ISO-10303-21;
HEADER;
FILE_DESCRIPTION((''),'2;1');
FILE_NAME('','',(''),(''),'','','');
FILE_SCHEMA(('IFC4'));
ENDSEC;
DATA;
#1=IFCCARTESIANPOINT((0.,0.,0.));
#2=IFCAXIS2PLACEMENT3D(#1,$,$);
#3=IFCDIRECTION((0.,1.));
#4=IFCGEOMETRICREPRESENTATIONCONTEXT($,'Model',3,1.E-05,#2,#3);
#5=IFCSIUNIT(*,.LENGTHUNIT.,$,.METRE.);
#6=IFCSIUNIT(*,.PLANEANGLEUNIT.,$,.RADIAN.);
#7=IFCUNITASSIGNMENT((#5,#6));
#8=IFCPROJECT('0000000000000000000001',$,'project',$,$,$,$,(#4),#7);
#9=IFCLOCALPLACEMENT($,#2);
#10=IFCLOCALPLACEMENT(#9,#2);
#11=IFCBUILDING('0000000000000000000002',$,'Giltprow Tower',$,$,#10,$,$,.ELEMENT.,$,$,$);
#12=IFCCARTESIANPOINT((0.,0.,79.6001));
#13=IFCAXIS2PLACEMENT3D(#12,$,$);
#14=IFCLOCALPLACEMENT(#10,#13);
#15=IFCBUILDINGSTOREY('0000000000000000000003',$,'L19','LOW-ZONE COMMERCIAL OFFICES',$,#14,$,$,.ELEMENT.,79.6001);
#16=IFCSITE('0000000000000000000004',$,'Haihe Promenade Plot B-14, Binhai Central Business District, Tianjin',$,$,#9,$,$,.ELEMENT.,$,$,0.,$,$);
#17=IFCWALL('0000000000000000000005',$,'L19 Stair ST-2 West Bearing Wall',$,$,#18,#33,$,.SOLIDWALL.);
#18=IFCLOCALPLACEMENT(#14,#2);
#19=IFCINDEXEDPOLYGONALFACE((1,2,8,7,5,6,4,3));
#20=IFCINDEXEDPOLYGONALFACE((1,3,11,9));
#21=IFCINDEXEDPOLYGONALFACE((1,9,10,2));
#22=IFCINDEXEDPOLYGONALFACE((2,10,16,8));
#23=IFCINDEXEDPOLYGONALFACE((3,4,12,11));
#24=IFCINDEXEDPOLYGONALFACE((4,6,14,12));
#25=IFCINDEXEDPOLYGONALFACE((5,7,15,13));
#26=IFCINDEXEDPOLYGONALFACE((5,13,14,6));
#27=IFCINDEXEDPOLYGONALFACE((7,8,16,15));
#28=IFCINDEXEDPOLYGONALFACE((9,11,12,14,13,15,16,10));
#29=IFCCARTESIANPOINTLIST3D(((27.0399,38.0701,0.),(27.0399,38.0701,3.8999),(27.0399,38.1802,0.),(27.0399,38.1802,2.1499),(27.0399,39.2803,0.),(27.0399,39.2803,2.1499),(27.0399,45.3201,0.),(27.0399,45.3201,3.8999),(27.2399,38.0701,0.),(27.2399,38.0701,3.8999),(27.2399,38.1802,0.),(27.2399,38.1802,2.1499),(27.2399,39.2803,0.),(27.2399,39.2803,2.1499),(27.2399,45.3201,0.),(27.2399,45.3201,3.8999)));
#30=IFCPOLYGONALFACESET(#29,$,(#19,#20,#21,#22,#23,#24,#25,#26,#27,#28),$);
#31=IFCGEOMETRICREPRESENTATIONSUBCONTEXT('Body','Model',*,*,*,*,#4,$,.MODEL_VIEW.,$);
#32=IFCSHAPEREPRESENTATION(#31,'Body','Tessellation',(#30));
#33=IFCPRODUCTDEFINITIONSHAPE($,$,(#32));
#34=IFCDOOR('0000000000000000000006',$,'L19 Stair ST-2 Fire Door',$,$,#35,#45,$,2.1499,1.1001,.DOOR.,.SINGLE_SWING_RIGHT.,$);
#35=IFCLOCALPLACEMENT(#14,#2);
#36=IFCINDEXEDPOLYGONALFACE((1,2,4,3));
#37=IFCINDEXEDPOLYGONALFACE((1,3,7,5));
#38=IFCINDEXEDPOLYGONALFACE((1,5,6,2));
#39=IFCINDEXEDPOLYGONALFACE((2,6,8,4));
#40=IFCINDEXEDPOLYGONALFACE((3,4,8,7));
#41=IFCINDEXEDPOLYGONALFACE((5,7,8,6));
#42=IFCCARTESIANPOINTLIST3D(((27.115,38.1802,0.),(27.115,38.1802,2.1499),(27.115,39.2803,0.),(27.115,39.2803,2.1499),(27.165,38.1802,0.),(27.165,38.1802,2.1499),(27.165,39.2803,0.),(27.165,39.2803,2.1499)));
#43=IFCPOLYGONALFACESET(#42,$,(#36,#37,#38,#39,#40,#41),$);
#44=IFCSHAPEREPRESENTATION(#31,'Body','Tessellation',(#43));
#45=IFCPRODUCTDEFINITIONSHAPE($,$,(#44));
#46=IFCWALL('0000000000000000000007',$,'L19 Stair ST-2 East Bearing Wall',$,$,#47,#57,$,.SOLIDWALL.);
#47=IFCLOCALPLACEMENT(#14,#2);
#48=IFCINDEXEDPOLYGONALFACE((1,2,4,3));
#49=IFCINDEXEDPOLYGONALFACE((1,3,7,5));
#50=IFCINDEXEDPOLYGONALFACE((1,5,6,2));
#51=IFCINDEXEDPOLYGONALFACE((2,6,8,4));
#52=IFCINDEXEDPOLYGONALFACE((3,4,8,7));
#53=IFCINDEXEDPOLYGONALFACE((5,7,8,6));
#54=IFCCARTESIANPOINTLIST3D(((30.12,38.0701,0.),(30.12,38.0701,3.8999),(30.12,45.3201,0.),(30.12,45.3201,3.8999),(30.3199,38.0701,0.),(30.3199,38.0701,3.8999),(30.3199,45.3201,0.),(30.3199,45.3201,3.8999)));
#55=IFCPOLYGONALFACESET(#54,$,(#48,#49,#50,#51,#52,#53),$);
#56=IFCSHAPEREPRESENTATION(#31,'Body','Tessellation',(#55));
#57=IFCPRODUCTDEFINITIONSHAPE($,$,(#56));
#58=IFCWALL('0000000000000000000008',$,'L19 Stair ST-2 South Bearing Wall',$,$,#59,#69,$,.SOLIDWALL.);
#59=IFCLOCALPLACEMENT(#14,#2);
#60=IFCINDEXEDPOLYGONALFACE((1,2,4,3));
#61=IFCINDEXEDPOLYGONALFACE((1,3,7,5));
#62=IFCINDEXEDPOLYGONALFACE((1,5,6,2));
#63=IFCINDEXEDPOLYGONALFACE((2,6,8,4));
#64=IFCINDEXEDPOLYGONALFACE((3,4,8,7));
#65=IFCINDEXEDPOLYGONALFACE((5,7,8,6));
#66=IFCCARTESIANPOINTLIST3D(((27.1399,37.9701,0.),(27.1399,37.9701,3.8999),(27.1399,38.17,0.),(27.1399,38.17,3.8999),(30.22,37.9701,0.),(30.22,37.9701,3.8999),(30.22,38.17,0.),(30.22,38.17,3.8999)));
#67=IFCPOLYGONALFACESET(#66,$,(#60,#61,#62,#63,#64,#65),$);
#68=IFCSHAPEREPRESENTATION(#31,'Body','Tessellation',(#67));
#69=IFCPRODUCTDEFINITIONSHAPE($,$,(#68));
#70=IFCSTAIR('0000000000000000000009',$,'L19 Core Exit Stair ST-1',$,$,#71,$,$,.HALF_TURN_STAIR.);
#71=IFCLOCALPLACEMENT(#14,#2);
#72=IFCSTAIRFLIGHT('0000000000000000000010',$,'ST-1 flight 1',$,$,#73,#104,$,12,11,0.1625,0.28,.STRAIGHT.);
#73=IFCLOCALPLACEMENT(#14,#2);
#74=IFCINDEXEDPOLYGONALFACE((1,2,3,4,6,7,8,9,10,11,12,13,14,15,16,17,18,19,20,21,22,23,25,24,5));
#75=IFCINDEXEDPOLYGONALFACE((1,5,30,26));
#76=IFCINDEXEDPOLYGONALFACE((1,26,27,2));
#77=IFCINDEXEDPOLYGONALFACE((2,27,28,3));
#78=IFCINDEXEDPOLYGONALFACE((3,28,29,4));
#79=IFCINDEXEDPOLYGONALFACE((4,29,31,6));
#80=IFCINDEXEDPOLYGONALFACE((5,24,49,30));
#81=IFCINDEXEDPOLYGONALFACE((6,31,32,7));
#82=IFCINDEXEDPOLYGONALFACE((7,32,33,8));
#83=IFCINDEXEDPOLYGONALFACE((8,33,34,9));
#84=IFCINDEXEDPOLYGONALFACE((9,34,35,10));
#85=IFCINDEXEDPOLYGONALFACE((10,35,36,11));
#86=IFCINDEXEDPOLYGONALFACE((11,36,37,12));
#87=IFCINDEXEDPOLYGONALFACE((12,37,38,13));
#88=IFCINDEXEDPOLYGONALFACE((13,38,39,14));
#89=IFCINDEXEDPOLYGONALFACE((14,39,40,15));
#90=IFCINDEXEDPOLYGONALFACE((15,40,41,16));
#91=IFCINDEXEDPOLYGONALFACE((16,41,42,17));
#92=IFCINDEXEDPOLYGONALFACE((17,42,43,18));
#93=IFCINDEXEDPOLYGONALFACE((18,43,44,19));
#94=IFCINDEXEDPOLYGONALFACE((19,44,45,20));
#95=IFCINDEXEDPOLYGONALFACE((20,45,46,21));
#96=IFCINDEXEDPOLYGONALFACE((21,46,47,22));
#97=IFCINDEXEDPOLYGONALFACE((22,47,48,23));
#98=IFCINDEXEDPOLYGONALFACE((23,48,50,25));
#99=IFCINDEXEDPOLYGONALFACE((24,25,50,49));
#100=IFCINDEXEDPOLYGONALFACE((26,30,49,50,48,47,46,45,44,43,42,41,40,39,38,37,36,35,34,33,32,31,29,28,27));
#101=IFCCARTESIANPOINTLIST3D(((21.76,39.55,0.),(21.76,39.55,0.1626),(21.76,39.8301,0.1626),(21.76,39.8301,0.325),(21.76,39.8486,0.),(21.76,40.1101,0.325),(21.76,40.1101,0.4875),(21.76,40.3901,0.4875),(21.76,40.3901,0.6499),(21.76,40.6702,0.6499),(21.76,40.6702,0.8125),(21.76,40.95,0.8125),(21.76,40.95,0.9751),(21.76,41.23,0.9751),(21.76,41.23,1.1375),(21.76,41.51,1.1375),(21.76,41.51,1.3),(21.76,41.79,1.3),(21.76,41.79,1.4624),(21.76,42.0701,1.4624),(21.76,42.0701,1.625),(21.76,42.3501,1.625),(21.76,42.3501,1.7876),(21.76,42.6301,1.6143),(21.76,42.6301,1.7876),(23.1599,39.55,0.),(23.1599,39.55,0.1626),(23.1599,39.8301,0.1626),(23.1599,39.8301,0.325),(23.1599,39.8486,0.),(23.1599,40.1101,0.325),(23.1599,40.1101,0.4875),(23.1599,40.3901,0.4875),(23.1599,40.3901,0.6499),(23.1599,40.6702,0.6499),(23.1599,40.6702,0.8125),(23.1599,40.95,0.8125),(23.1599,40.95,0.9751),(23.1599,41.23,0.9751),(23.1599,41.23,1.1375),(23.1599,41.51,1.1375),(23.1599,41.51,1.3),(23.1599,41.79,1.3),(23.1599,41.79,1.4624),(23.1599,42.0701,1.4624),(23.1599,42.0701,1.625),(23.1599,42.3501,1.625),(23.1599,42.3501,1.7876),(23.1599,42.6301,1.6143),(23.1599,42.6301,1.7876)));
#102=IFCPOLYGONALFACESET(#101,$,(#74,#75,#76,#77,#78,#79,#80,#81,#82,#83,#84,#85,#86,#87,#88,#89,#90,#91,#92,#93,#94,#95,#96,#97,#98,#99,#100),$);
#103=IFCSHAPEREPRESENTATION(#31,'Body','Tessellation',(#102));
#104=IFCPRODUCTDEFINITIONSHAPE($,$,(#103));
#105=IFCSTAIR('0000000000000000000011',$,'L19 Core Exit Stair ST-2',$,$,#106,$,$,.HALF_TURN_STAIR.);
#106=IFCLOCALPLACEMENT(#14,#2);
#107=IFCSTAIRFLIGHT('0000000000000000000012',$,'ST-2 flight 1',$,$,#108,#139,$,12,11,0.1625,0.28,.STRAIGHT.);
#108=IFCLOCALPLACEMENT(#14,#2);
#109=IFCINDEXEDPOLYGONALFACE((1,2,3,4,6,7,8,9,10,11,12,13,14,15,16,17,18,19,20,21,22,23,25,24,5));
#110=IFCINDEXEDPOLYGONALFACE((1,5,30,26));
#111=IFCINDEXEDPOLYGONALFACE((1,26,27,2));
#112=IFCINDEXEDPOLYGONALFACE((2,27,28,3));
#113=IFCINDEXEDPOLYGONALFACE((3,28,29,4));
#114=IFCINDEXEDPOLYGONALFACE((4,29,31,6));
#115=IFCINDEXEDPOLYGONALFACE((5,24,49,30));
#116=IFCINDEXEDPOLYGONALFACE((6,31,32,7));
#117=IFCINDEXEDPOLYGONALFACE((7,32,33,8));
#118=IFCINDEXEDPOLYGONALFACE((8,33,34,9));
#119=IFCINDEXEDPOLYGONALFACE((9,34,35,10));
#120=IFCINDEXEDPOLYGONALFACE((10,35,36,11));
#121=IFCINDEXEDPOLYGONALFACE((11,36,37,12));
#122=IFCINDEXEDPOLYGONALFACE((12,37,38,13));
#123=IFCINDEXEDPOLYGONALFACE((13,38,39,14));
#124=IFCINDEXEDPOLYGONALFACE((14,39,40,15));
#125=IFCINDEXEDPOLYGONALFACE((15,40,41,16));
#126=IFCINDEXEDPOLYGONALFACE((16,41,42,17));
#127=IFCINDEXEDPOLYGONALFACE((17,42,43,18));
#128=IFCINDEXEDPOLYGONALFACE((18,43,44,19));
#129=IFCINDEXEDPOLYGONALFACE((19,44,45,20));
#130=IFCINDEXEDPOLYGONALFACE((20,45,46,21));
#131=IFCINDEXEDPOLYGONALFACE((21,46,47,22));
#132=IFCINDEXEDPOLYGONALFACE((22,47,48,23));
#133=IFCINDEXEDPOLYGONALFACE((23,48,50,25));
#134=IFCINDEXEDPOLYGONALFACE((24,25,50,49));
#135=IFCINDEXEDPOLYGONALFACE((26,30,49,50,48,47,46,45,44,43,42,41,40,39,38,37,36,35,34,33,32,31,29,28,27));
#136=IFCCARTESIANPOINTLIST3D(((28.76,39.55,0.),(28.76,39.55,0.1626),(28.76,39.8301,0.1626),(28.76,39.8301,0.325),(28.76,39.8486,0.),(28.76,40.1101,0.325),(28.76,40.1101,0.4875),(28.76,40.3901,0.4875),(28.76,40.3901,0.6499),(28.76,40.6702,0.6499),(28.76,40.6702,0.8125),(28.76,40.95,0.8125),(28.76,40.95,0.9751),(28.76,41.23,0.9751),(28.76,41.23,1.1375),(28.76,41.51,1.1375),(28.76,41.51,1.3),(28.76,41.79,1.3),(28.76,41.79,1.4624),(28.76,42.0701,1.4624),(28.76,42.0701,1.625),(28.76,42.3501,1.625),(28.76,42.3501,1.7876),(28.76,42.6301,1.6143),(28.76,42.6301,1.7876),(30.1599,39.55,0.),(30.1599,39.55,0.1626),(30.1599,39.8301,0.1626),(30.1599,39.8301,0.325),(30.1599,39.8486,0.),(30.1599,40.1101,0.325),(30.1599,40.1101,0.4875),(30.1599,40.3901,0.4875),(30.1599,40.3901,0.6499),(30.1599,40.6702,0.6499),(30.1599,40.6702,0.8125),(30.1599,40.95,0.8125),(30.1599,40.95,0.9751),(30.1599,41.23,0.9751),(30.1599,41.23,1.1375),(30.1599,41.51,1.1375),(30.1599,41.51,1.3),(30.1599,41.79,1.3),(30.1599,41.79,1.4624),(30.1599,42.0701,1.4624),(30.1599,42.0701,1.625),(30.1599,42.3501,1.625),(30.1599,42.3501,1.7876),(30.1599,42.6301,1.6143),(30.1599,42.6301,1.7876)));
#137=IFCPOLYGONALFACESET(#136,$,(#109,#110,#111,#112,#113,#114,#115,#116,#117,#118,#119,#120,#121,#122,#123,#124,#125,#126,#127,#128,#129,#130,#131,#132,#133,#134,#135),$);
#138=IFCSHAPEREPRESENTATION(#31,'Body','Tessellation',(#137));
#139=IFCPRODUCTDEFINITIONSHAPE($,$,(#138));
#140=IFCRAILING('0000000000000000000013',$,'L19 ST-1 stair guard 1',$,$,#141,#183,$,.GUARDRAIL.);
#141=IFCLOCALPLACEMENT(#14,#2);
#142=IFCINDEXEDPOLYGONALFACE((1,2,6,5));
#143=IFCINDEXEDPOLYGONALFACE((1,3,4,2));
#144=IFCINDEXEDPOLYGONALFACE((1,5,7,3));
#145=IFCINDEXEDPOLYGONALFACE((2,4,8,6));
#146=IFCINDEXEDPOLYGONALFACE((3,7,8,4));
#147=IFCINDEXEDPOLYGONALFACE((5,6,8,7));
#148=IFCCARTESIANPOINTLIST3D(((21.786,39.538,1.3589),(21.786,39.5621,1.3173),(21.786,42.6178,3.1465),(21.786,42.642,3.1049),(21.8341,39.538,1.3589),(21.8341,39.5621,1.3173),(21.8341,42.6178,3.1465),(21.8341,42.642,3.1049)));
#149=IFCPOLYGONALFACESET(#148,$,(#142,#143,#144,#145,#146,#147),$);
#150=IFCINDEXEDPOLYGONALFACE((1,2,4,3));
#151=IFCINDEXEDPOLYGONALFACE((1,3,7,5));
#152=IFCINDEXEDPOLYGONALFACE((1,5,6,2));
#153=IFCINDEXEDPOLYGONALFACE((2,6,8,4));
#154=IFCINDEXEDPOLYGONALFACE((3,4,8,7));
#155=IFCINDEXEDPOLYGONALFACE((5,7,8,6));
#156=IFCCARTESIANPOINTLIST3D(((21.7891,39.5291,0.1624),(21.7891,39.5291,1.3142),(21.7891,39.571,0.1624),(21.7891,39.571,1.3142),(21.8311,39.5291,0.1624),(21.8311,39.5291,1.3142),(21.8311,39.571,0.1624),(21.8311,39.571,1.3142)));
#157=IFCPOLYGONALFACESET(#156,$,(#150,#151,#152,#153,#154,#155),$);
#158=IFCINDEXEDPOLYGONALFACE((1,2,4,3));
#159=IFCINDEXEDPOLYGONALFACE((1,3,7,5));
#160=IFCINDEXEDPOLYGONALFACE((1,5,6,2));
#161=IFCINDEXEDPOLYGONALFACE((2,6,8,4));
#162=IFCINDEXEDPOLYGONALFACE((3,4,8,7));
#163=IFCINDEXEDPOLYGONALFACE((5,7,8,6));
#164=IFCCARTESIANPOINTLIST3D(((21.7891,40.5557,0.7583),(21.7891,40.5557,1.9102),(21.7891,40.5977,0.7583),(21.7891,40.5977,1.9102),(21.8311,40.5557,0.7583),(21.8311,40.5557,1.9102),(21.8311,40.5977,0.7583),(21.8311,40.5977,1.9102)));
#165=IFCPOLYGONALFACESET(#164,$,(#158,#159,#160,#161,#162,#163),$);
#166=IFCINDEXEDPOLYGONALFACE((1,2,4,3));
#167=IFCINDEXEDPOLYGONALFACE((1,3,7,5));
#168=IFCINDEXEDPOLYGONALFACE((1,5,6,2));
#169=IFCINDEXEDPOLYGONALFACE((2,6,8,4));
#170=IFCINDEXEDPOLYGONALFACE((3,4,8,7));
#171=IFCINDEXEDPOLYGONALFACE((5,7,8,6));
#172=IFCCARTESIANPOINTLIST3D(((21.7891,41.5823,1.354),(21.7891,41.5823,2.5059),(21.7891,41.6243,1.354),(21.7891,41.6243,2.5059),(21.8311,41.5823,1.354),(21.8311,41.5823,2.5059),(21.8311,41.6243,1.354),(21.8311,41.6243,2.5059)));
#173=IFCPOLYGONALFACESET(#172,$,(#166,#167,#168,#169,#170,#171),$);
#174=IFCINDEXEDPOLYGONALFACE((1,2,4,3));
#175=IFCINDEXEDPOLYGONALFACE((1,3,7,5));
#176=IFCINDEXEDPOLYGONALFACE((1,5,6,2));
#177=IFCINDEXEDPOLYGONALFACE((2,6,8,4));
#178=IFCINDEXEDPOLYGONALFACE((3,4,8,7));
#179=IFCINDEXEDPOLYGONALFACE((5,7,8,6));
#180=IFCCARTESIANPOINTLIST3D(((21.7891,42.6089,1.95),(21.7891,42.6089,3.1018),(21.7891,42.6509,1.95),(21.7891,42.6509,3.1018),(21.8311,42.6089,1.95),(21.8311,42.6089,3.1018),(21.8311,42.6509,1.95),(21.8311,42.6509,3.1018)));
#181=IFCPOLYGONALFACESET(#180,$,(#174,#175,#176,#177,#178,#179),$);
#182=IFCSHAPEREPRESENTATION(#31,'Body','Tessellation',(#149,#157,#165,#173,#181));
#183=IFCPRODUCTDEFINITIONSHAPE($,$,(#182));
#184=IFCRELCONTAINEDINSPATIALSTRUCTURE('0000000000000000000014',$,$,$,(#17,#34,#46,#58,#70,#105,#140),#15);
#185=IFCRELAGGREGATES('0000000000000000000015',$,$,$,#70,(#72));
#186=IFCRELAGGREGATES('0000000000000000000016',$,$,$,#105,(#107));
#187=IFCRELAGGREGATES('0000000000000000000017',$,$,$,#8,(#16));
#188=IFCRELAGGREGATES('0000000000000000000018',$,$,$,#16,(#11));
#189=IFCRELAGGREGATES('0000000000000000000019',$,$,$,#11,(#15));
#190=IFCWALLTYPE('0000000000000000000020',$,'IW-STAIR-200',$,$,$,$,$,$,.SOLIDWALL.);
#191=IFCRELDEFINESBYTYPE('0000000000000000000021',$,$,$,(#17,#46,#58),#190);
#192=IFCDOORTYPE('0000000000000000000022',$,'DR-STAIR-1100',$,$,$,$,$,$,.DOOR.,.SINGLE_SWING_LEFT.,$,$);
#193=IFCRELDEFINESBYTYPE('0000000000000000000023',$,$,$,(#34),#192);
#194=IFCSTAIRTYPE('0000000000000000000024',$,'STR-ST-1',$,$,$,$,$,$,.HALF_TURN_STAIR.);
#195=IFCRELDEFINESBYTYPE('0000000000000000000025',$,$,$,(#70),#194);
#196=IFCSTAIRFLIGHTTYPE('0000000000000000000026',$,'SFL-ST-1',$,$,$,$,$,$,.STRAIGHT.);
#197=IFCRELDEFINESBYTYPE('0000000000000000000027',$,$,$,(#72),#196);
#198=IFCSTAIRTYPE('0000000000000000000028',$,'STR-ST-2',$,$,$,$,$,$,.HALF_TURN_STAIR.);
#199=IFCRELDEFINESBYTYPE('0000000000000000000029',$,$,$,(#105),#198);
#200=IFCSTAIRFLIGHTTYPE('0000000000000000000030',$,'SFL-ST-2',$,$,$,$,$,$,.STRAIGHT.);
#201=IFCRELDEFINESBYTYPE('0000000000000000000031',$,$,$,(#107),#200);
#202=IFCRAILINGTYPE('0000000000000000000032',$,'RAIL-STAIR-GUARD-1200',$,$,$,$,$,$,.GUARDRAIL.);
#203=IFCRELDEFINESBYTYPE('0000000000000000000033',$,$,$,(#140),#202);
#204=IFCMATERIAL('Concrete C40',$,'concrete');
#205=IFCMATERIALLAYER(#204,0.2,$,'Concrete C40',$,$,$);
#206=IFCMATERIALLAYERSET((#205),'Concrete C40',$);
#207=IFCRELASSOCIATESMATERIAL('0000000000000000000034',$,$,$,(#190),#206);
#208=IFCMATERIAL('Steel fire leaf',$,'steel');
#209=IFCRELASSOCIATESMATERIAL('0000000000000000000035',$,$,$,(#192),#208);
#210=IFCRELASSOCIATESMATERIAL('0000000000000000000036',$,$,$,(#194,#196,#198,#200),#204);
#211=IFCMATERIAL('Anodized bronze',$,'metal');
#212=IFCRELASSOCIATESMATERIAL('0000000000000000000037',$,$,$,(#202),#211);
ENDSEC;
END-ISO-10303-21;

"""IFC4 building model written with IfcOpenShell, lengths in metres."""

from ifc_helpers import new_model, si_unit, direction, frame, frame_2d, origin, origin_2d, place, context, subcontext, project, spatial, polyline, rectangle, outline, extrude, source, transform, mapped, material, layer, layer_set, type_object, element, fill, aggregate, save


model = new_model("IFC4")

# Units and contexts
model_context = context("Model", 3, precision=1e-05, world=origin(), true_north=direction((0.0, 1.0)))
body_context = subcontext(model_context, "Body", "Model", "MODEL_VIEW")
ifc_project = project(units=[si_unit("LENGTHUNIT", "METRE"), si_unit("PLANEANGLEUNIT", "RADIAN")], contexts=[model_context])

# Site, building, storey
site_placement = place(None, origin())
site = spatial("IfcSite", under=ifc_project, at=site_placement, Name="Haihe Promenade Plot B-14, Binhai Central Business District, Tianjin", CompositionType="ELEMENT", RefElevation=0.0)
building_placement = place(site_placement, origin())
building = spatial("IfcBuilding", under=site, at=building_placement, Name="Giltprow Tower", CompositionType="ELEMENT")
storey_placement = place(building_placement, frame((0.0, 0.0, 79.6001)))
storey = spatial("IfcBuildingStorey", under=building, at=storey_placement, Name="L19", Description="LOW-ZONE COMMERCIAL OFFICES", CompositionType="ELEMENT", Elevation=79.6001)

# Wall, opening, door
ifc_material_1 = material(Name="Concrete C40", Category="concrete")
ifc_layer = layer(ifc_material_1, 0.2, Name="Concrete C40")
ifc_layer_set = layer_set([ifc_layer], Name="Concrete C40")
wall_type = type_object("IfcWallType", Name="IW-STAIR-200", PredefinedType="SOLIDWALL", material=ifc_layer_set)
ifc_material_2 = material(Name="Steel fire leaf", Category="steel")
door_type = type_object("IfcDoorType", Name="DR-STAIR-1100", OperationType="SINGLE_SWING_LEFT", PredefinedType="DOOR", material=ifc_material_2)
shared_shape_1 = source(origin(), body_context, "Body", "SweptSolid", [
    extrude(rectangle(XDim=1.1001, YDim=2.1499, at=frame_2d((0.55, 1.075))), frame((0.0, 0.0249, 0.0), z_axis=(0.0, -1.0, 0.0), x_axis=(1.0, 0.0, 0.0)), (0.0, 0.0, 1.0), 0.05),
])
wall_1_placement = place(storey_placement, frame((27.1399, 38.0701, 0.0), z_axis=(0.0, 0.0, 1.0), x_axis=(0.0, 1.0, 0.0)))
wall_1 = element("IfcWall", 1, at=wall_1_placement, inside=storey, type_object=wall_type, Name="L19 Stair ST-2 West Bearing Wall", PredefinedType="SOLIDWALL", context=body_context, shape_type="SweptSolid", body=[
    extrude(rectangle(XDim=7.25, YDim=0.2, at=frame_2d((3.625, 0.0))), origin(), (0.0, 0.0, 1.0), 3.8999),
])
opening_1_placement = place(wall_1_placement, frame((0.1101, 0.0, 0.0)))
opening_1 = element("IfcOpeningElement", 2, at=opening_1_placement, cuts=wall_1, PredefinedType="OPENING", context=body_context, shape_type="SweptSolid", body=[
    extrude(rectangle(XDim=1.1001, YDim=2.1499, at=frame_2d((0.55, 1.075))), frame((0.0, 0.1099, 0.0), z_axis=(0.0, -1.0, 0.0), x_axis=(1.0, 0.0, 0.0)), (0.0, 0.0, 1.0), 0.22),
])
door_1_placement = place(opening_1_placement, origin())
door_1 = element("IfcDoor", 3, at=door_1_placement, inside=storey, type_object=door_type, Name="L19 Stair ST-2 Fire Door", OperationType="SINGLE_SWING_RIGHT", OverallHeight=2.1499, OverallWidth=1.1001, PredefinedType="DOOR", context=body_context, shape_type="MappedRepresentation", body=[
    mapped(shared_shape_1, transform((0.0, 0.0, 0.0), x_axis=(1.0, 0.0, 0.0), y_axis=(0.0, 1.0, 0.0), z_axis=(0.0, 0.0, 1.0), scale=1.0)),
])
fill(opening_1, door_1)

# Walls
wall_2_placement = place(storey_placement, frame((30.22, 38.0701, 0.0), z_axis=(0.0, 0.0, 1.0), x_axis=(0.0, 1.0, 0.0)))
element("IfcWall", 4, at=wall_2_placement, inside=storey, type_object=wall_type, Name="L19 Stair ST-2 East Bearing Wall", PredefinedType="SOLIDWALL", context=body_context, shape_type="SweptSolid", body=[
    extrude(rectangle(XDim=7.25, YDim=0.2, at=frame_2d((3.625, 0.0))), origin(), (0.0, 0.0, 1.0), 3.8999),
])
wall_3_placement = place(storey_placement, frame((27.1399, 38.0701, 0.0), z_axis=(0.0, 0.0, 1.0), x_axis=(1.0, 0.0, 0.0)))
element("IfcWall", 5, at=wall_3_placement, inside=storey, type_object=wall_type, Name="L19 Stair ST-2 South Bearing Wall", PredefinedType="SOLIDWALL", context=body_context, shape_type="SweptSolid", body=[
    extrude(rectangle(XDim=3.0801, YDim=0.2, at=frame_2d((1.54, 0.0))), origin(), (0.0, 0.0, 1.0), 3.8999),
])

# Stairs, stair flights
stair_type_1 = type_object("IfcStairType", Name="STR-ST-1", PredefinedType="HALF_TURN_STAIR", material=ifc_material_1)
stair_1_placement = place(storey_placement, origin())
stair_1 = element("IfcStair", 6, at=stair_1_placement, inside=storey, type_object=stair_type_1, Name="L19 Core Exit Stair ST-1", PredefinedType="HALF_TURN_STAIR")
stair_flight_type_1 = type_object("IfcStairFlightType", Name="SFL-ST-1", PredefinedType="STRAIGHT", material=ifc_material_1)
stair_flight_1_placement = place(storey_placement, frame((22.46, 39.55, 0.0), z_axis=(0.0, 0.0, 1.0), x_axis=(0.0, 1.0, 0.0)))
stair_flight_1 = element("IfcStairFlight", 7, at=stair_flight_1_placement, type_object=stair_flight_type_1, Name="ST-1 flight 1", NumberOfRisers=12, NumberOfTreads=11, PredefinedType="STRAIGHT", RiserHeight=0.1625, TreadLength=0.28, context=body_context, shape_type="SweptSolid", body=[
    extrude(outline(polyline([(0.0, 0.0), (0.0, 0.1626), (0.28, 0.1626), (0.28, 0.325), (0.5601, 0.325), (0.5601, 0.4875), (0.8401, 0.4875), (0.8401, 0.6499), (1.1201, 0.6499), (1.1201, 0.8125), (1.3999, 0.8125), (1.3999, 0.9751), (1.6799, 0.9751), (1.6799, 1.1375), (1.96, 1.1375), (1.96, 1.3), (2.24, 1.3), (2.24, 1.4624), (2.52, 1.4624), (2.52, 1.625), (2.8, 1.625), (2.8, 1.7876), (3.0801, 1.7876), (3.0801, 1.95), (3.0801, 1.6143), (0.2986, 0.0), (0.0, 0.0)])), frame((0.0, 0.7, 0.0), z_axis=(0.0, -1.0, 0.0), x_axis=(1.0, 0.0, 0.0)), (0.0, 0.0, 1.0), 1.3999),
])
aggregate(stair_1, [stair_flight_1])
stair_type_2 = type_object("IfcStairType", Name="STR-ST-2", PredefinedType="HALF_TURN_STAIR", material=ifc_material_1)
stair_2_placement = place(storey_placement, origin())
stair_2 = element("IfcStair", 8, at=stair_2_placement, inside=storey, type_object=stair_type_2, Name="L19 Core Exit Stair ST-2", PredefinedType="HALF_TURN_STAIR")
stair_flight_type_2 = type_object("IfcStairFlightType", Name="SFL-ST-2", PredefinedType="STRAIGHT", material=ifc_material_1)
stair_flight_2_placement = place(storey_placement, frame((29.46, 39.55, 0.0), z_axis=(0.0, 0.0, 1.0), x_axis=(0.0, 1.0, 0.0)))
stair_flight_2 = element("IfcStairFlight", 9, at=stair_flight_2_placement, type_object=stair_flight_type_2, Name="ST-2 flight 1", NumberOfRisers=12, NumberOfTreads=11, PredefinedType="STRAIGHT", RiserHeight=0.1625, TreadLength=0.28, context=body_context, shape_type="SweptSolid", body=[
    extrude(outline(polyline([(0.0, 0.0), (0.0, 0.1626), (0.28, 0.1626), (0.28, 0.325), (0.5601, 0.325), (0.5601, 0.4875), (0.8401, 0.4875), (0.8401, 0.6499), (1.1201, 0.6499), (1.1201, 0.8125), (1.3999, 0.8125), (1.3999, 0.9751), (1.6799, 0.9751), (1.6799, 1.1375), (1.96, 1.1375), (1.96, 1.3), (2.24, 1.3), (2.24, 1.4624), (2.52, 1.4624), (2.52, 1.625), (2.8, 1.625), (2.8, 1.7876), (3.0801, 1.7876), (3.0801, 1.95), (3.0801, 1.6143), (0.2986, 0.0), (0.0, 0.0)])), frame((0.0, 0.7, 0.0), z_axis=(0.0, -1.0, 0.0), x_axis=(1.0, 0.0, 0.0)), (0.0, 0.0, 1.0), 1.3999),
])
aggregate(stair_2, [stair_flight_2])

# Railing
ifc_material_3 = material(Name="Anodized bronze", Category="metal")
railing_type_1 = type_object("IfcRailingType", Name="RAIL-STAIR-GUARD-1200", PredefinedType="GUARDRAIL", material=ifc_material_3)
railing_1_placement = place(storey_placement, frame((21.8101, 39.55, 0.1624)))
element("IfcRailing", 10, at=railing_1_placement, inside=storey, type_object=railing_type_1, Name="L19 ST-1 stair guard 1", PredefinedType="GUARDRAIL", context=body_context, shape_type="SweptSolid", body=[
    extrude(rectangle(XDim=0.0481, YDim=0.0481, at=origin_2d()), frame((0.0, 0.0, 1.1758), z_axis=(0.0, 0.864873, 0.50199), x_axis=(-1.0, 0.0, 0.0)), (0.0, 0.0, 1.0), 3.561),
    extrude(rectangle(XDim=0.042, YDim=0.042, at=origin_2d()), origin(), (0.0, 0.0, 1.0), 1.1519),
    extrude(rectangle(XDim=0.042, YDim=0.042, at=origin_2d()), frame((0.0, 1.0266, 0.5959)), (0.0, 0.0, 1.0), 1.1519),
    extrude(rectangle(XDim=0.042, YDim=0.042, at=origin_2d()), frame((0.0, 2.0532, 1.1917)), (0.0, 0.0, 1.0), 1.1519),
    extrude(rectangle(XDim=0.042, YDim=0.042, at=origin_2d()), frame((0.0, 3.0798, 1.7876)), (0.0, 0.0, 1.0), 1.1519),
])

save(model, "model.ifc")
